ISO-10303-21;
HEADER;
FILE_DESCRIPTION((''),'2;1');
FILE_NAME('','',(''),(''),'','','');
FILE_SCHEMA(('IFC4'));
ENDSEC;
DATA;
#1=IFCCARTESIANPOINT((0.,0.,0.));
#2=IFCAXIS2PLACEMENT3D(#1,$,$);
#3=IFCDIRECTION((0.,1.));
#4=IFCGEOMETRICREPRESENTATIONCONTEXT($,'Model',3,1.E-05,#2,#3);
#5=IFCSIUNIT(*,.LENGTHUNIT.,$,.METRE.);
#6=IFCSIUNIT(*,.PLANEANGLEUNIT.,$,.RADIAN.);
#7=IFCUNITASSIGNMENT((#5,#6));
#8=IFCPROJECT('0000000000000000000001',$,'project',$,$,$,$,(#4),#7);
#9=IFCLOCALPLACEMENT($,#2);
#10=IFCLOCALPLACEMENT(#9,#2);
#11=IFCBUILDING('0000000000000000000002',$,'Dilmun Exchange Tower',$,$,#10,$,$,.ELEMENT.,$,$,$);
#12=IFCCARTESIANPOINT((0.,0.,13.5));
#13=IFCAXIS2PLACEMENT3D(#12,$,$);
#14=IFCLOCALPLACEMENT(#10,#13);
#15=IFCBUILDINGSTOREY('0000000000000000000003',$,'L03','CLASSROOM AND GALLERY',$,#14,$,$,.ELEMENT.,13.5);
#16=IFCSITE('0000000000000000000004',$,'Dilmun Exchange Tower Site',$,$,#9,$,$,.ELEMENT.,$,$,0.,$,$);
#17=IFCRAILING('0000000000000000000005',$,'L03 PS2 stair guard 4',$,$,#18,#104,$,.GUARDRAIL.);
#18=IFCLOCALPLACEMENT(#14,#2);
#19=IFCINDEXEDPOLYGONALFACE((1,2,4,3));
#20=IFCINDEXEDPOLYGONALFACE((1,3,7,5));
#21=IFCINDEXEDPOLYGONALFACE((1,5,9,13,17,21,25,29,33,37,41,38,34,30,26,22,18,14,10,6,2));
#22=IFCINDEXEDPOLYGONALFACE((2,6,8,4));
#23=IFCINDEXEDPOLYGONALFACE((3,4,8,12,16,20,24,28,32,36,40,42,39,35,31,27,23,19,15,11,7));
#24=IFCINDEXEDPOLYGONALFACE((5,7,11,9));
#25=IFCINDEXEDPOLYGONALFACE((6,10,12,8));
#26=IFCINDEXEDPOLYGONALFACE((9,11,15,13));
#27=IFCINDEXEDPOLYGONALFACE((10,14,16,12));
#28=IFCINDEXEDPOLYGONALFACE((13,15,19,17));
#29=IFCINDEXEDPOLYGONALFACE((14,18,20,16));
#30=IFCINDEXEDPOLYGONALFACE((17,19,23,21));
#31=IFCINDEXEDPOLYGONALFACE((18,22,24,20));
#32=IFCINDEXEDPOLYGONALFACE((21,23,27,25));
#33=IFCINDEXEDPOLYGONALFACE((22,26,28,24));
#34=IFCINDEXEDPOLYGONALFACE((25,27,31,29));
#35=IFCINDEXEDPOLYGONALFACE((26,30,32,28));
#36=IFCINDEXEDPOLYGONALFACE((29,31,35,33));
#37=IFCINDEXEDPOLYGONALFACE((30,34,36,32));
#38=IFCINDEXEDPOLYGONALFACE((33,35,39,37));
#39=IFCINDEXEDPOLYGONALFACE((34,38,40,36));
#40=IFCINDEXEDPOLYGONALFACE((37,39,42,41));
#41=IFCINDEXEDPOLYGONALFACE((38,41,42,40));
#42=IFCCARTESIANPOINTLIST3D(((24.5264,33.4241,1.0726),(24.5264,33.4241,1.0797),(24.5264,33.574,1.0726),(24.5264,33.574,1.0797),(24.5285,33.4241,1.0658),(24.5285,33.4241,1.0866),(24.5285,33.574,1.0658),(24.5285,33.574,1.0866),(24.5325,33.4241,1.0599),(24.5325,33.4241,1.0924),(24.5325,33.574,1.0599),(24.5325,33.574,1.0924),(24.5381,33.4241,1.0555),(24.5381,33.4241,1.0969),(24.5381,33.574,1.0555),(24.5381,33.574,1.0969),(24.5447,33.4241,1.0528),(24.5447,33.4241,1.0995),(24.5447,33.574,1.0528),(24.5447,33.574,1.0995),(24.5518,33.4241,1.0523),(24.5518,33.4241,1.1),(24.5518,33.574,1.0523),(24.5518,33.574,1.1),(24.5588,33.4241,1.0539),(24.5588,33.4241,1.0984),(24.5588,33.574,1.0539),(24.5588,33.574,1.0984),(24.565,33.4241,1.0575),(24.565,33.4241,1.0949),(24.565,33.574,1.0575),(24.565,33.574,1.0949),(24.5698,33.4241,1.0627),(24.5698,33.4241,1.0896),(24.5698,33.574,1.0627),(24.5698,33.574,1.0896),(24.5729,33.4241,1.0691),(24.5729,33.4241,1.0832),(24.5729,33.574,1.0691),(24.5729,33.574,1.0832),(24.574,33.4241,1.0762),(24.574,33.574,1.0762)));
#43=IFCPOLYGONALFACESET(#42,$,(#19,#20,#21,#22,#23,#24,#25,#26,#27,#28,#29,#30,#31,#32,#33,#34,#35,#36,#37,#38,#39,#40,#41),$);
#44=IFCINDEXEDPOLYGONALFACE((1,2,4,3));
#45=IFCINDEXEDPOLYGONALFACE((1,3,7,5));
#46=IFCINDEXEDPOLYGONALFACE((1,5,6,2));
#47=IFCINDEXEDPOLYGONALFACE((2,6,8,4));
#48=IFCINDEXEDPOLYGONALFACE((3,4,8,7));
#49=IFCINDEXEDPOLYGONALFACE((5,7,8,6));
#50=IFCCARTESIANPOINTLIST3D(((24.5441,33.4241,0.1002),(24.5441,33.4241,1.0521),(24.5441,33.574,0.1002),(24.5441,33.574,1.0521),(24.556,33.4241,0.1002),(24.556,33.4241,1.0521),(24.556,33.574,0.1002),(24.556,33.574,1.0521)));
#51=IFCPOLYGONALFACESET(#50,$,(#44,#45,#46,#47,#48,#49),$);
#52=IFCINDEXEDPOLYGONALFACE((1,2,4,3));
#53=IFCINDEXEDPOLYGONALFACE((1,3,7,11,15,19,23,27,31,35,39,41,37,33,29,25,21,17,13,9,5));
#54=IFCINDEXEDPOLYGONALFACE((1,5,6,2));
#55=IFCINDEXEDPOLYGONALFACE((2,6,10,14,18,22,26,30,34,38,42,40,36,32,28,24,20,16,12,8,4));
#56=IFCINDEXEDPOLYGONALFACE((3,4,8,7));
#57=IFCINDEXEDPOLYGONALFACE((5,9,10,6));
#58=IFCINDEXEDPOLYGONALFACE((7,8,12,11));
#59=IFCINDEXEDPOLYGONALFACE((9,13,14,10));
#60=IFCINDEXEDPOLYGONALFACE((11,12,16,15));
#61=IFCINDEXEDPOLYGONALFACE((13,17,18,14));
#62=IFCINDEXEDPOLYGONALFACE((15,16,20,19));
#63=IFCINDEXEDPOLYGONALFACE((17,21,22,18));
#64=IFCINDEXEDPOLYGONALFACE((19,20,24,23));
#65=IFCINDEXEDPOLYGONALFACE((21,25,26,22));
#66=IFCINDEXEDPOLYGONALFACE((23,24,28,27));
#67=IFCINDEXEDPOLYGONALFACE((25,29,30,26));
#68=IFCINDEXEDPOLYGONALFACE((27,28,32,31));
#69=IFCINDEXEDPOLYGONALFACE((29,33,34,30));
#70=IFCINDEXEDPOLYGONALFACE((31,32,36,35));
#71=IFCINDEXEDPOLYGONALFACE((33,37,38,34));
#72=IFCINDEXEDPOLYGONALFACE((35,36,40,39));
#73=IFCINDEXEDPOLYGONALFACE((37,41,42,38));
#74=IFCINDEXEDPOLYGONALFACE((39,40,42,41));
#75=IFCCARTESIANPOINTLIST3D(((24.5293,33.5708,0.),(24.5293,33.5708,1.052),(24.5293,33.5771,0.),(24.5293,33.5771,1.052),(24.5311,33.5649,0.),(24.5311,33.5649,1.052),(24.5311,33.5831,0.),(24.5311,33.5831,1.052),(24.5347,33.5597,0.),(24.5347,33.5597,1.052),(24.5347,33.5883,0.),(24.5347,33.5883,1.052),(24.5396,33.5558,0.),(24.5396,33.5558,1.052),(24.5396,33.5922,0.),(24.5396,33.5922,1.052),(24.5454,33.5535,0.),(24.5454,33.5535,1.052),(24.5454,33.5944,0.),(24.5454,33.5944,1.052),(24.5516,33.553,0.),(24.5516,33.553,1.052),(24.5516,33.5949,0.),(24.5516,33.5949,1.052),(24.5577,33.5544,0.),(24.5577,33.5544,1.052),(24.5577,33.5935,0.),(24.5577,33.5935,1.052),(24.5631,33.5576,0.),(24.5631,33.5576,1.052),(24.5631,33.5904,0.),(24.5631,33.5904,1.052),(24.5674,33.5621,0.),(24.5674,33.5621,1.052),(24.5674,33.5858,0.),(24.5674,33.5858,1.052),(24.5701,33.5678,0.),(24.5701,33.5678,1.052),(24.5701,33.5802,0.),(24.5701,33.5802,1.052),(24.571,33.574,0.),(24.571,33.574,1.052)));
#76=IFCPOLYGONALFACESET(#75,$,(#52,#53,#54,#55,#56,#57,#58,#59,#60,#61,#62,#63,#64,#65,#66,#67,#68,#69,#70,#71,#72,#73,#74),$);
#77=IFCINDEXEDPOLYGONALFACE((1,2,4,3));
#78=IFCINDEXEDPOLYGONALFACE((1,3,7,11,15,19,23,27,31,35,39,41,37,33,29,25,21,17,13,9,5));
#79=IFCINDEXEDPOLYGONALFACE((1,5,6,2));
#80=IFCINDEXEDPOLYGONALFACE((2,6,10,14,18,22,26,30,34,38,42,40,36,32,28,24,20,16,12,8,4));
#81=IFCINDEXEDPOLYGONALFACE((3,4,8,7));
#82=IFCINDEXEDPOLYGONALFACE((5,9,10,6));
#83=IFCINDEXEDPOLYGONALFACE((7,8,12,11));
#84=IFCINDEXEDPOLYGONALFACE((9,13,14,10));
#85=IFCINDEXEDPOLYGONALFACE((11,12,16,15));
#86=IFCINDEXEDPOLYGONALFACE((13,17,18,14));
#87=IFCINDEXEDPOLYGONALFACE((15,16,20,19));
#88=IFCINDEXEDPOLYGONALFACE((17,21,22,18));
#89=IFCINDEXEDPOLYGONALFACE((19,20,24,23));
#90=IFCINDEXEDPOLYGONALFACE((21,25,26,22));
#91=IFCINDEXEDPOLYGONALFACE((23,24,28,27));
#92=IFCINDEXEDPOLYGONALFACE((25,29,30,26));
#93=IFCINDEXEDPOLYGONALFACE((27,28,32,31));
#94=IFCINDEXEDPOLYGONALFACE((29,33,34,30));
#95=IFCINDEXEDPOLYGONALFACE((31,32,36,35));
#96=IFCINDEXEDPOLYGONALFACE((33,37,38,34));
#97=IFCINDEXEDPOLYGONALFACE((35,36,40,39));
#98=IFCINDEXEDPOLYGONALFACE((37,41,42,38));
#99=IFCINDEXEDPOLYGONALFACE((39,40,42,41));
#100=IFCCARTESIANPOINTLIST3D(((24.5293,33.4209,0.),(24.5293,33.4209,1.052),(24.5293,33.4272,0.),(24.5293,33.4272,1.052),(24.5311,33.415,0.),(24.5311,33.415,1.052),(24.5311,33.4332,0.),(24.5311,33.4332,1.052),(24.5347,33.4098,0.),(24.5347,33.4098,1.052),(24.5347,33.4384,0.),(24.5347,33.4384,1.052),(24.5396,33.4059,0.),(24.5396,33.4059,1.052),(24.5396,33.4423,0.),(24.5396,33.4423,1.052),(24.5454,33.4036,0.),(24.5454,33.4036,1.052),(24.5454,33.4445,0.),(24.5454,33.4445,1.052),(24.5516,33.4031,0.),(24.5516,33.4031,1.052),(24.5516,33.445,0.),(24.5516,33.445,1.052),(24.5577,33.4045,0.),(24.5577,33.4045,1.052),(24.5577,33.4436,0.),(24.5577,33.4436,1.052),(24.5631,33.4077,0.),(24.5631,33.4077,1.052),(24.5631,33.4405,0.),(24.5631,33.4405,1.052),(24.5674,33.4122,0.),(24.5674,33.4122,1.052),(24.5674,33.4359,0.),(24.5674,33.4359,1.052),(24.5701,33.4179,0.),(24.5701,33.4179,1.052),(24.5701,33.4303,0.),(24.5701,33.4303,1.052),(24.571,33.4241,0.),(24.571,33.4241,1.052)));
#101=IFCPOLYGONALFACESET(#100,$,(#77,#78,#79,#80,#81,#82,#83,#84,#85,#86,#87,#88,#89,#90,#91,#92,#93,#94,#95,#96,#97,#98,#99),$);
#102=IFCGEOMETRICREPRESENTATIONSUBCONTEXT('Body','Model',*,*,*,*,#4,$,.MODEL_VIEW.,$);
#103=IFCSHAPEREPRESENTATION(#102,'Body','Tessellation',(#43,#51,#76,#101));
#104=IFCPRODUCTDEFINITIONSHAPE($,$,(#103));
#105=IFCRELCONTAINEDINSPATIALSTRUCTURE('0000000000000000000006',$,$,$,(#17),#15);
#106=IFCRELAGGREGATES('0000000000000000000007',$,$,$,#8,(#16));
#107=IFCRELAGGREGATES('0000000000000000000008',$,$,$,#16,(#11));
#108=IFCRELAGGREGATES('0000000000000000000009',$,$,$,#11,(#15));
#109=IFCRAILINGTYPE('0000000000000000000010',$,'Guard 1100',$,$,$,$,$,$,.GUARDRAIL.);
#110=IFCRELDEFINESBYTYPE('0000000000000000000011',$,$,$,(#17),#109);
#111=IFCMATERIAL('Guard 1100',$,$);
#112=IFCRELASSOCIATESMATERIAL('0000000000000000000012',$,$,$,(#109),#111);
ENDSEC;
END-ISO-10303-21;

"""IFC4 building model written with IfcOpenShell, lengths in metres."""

from ifc_helpers import new_model, si_unit, direction, frame, origin, origin_2d, place, context, subcontext, project, spatial, rectangle, circle, extrude, material, type_object, element, save


model = new_model("IFC4")

# Units and contexts
model_context = context("Model", 3, precision=1e-05, world=origin(), true_north=direction((0.0, 1.0)))
body_context = subcontext(model_context, "Body", "Model", "MODEL_VIEW")
ifc_project = project(units=[si_unit("LENGTHUNIT", "METRE"), si_unit("PLANEANGLEUNIT", "RADIAN")], contexts=[model_context])

# Site, building, storey
site_placement = place(None, origin())
site = spatial("IfcSite", under=ifc_project, at=site_placement, Name="Dilmun Exchange Tower Site", CompositionType="ELEMENT", RefElevation=0.0)
building_placement = place(site_placement, origin())
building = spatial("IfcBuilding", under=site, at=building_placement, Name="Dilmun Exchange Tower", CompositionType="ELEMENT")
storey_placement = place(building_placement, frame((0.0, 0.0, 13.5)))
storey = spatial("IfcBuildingStorey", under=building, at=storey_placement, Name="L03", Description="CLASSROOM AND GALLERY", CompositionType="ELEMENT", Elevation=13.5)

# Railing
ifc_material_1 = material(Name="Guard 1100")
railing_type_1 = type_object("IfcRailingType", Name="Guard 1100", PredefinedType="GUARDRAIL", material=ifc_material_1)
railing_1_placement = place(storey_placement, frame((24.55, 33.574, 0.0)))
element("IfcRailing", 1, at=railing_1_placement, inside=storey, type_object=railing_type_1, Name="L03 PS2 stair guard 4", PredefinedType="GUARDRAIL", context=body_context, shape_type="SweptSolid", body=[
    extrude(circle(Radius=0.0239, at=origin_2d()), frame((0.0, 0.0, 1.0762), z_axis=(0.0, -1.0, 0.0), x_axis=(1.0, 0.0, 0.0)), (0.0, 0.0, 1.0), 0.1499),
    extrude(rectangle(XDim=0.012, YDim=0.9519, at=origin_2d()), frame((0.0, 0.0, 0.5762), z_axis=(0.0, -1.0, 0.0), x_axis=(1.0, 0.0, 0.0)), (0.0, 0.0, 1.0), 0.1499),
    extrude(circle(Radius=0.021, at=origin_2d()), origin(), (0.0, 0.0, 1.0), 1.052),
    extrude(circle(Radius=0.021, at=origin_2d()), frame((0.0, -0.1499, 0.0)), (0.0, 0.0, 1.0), 1.052),
])

save(model, "model.ifc")
